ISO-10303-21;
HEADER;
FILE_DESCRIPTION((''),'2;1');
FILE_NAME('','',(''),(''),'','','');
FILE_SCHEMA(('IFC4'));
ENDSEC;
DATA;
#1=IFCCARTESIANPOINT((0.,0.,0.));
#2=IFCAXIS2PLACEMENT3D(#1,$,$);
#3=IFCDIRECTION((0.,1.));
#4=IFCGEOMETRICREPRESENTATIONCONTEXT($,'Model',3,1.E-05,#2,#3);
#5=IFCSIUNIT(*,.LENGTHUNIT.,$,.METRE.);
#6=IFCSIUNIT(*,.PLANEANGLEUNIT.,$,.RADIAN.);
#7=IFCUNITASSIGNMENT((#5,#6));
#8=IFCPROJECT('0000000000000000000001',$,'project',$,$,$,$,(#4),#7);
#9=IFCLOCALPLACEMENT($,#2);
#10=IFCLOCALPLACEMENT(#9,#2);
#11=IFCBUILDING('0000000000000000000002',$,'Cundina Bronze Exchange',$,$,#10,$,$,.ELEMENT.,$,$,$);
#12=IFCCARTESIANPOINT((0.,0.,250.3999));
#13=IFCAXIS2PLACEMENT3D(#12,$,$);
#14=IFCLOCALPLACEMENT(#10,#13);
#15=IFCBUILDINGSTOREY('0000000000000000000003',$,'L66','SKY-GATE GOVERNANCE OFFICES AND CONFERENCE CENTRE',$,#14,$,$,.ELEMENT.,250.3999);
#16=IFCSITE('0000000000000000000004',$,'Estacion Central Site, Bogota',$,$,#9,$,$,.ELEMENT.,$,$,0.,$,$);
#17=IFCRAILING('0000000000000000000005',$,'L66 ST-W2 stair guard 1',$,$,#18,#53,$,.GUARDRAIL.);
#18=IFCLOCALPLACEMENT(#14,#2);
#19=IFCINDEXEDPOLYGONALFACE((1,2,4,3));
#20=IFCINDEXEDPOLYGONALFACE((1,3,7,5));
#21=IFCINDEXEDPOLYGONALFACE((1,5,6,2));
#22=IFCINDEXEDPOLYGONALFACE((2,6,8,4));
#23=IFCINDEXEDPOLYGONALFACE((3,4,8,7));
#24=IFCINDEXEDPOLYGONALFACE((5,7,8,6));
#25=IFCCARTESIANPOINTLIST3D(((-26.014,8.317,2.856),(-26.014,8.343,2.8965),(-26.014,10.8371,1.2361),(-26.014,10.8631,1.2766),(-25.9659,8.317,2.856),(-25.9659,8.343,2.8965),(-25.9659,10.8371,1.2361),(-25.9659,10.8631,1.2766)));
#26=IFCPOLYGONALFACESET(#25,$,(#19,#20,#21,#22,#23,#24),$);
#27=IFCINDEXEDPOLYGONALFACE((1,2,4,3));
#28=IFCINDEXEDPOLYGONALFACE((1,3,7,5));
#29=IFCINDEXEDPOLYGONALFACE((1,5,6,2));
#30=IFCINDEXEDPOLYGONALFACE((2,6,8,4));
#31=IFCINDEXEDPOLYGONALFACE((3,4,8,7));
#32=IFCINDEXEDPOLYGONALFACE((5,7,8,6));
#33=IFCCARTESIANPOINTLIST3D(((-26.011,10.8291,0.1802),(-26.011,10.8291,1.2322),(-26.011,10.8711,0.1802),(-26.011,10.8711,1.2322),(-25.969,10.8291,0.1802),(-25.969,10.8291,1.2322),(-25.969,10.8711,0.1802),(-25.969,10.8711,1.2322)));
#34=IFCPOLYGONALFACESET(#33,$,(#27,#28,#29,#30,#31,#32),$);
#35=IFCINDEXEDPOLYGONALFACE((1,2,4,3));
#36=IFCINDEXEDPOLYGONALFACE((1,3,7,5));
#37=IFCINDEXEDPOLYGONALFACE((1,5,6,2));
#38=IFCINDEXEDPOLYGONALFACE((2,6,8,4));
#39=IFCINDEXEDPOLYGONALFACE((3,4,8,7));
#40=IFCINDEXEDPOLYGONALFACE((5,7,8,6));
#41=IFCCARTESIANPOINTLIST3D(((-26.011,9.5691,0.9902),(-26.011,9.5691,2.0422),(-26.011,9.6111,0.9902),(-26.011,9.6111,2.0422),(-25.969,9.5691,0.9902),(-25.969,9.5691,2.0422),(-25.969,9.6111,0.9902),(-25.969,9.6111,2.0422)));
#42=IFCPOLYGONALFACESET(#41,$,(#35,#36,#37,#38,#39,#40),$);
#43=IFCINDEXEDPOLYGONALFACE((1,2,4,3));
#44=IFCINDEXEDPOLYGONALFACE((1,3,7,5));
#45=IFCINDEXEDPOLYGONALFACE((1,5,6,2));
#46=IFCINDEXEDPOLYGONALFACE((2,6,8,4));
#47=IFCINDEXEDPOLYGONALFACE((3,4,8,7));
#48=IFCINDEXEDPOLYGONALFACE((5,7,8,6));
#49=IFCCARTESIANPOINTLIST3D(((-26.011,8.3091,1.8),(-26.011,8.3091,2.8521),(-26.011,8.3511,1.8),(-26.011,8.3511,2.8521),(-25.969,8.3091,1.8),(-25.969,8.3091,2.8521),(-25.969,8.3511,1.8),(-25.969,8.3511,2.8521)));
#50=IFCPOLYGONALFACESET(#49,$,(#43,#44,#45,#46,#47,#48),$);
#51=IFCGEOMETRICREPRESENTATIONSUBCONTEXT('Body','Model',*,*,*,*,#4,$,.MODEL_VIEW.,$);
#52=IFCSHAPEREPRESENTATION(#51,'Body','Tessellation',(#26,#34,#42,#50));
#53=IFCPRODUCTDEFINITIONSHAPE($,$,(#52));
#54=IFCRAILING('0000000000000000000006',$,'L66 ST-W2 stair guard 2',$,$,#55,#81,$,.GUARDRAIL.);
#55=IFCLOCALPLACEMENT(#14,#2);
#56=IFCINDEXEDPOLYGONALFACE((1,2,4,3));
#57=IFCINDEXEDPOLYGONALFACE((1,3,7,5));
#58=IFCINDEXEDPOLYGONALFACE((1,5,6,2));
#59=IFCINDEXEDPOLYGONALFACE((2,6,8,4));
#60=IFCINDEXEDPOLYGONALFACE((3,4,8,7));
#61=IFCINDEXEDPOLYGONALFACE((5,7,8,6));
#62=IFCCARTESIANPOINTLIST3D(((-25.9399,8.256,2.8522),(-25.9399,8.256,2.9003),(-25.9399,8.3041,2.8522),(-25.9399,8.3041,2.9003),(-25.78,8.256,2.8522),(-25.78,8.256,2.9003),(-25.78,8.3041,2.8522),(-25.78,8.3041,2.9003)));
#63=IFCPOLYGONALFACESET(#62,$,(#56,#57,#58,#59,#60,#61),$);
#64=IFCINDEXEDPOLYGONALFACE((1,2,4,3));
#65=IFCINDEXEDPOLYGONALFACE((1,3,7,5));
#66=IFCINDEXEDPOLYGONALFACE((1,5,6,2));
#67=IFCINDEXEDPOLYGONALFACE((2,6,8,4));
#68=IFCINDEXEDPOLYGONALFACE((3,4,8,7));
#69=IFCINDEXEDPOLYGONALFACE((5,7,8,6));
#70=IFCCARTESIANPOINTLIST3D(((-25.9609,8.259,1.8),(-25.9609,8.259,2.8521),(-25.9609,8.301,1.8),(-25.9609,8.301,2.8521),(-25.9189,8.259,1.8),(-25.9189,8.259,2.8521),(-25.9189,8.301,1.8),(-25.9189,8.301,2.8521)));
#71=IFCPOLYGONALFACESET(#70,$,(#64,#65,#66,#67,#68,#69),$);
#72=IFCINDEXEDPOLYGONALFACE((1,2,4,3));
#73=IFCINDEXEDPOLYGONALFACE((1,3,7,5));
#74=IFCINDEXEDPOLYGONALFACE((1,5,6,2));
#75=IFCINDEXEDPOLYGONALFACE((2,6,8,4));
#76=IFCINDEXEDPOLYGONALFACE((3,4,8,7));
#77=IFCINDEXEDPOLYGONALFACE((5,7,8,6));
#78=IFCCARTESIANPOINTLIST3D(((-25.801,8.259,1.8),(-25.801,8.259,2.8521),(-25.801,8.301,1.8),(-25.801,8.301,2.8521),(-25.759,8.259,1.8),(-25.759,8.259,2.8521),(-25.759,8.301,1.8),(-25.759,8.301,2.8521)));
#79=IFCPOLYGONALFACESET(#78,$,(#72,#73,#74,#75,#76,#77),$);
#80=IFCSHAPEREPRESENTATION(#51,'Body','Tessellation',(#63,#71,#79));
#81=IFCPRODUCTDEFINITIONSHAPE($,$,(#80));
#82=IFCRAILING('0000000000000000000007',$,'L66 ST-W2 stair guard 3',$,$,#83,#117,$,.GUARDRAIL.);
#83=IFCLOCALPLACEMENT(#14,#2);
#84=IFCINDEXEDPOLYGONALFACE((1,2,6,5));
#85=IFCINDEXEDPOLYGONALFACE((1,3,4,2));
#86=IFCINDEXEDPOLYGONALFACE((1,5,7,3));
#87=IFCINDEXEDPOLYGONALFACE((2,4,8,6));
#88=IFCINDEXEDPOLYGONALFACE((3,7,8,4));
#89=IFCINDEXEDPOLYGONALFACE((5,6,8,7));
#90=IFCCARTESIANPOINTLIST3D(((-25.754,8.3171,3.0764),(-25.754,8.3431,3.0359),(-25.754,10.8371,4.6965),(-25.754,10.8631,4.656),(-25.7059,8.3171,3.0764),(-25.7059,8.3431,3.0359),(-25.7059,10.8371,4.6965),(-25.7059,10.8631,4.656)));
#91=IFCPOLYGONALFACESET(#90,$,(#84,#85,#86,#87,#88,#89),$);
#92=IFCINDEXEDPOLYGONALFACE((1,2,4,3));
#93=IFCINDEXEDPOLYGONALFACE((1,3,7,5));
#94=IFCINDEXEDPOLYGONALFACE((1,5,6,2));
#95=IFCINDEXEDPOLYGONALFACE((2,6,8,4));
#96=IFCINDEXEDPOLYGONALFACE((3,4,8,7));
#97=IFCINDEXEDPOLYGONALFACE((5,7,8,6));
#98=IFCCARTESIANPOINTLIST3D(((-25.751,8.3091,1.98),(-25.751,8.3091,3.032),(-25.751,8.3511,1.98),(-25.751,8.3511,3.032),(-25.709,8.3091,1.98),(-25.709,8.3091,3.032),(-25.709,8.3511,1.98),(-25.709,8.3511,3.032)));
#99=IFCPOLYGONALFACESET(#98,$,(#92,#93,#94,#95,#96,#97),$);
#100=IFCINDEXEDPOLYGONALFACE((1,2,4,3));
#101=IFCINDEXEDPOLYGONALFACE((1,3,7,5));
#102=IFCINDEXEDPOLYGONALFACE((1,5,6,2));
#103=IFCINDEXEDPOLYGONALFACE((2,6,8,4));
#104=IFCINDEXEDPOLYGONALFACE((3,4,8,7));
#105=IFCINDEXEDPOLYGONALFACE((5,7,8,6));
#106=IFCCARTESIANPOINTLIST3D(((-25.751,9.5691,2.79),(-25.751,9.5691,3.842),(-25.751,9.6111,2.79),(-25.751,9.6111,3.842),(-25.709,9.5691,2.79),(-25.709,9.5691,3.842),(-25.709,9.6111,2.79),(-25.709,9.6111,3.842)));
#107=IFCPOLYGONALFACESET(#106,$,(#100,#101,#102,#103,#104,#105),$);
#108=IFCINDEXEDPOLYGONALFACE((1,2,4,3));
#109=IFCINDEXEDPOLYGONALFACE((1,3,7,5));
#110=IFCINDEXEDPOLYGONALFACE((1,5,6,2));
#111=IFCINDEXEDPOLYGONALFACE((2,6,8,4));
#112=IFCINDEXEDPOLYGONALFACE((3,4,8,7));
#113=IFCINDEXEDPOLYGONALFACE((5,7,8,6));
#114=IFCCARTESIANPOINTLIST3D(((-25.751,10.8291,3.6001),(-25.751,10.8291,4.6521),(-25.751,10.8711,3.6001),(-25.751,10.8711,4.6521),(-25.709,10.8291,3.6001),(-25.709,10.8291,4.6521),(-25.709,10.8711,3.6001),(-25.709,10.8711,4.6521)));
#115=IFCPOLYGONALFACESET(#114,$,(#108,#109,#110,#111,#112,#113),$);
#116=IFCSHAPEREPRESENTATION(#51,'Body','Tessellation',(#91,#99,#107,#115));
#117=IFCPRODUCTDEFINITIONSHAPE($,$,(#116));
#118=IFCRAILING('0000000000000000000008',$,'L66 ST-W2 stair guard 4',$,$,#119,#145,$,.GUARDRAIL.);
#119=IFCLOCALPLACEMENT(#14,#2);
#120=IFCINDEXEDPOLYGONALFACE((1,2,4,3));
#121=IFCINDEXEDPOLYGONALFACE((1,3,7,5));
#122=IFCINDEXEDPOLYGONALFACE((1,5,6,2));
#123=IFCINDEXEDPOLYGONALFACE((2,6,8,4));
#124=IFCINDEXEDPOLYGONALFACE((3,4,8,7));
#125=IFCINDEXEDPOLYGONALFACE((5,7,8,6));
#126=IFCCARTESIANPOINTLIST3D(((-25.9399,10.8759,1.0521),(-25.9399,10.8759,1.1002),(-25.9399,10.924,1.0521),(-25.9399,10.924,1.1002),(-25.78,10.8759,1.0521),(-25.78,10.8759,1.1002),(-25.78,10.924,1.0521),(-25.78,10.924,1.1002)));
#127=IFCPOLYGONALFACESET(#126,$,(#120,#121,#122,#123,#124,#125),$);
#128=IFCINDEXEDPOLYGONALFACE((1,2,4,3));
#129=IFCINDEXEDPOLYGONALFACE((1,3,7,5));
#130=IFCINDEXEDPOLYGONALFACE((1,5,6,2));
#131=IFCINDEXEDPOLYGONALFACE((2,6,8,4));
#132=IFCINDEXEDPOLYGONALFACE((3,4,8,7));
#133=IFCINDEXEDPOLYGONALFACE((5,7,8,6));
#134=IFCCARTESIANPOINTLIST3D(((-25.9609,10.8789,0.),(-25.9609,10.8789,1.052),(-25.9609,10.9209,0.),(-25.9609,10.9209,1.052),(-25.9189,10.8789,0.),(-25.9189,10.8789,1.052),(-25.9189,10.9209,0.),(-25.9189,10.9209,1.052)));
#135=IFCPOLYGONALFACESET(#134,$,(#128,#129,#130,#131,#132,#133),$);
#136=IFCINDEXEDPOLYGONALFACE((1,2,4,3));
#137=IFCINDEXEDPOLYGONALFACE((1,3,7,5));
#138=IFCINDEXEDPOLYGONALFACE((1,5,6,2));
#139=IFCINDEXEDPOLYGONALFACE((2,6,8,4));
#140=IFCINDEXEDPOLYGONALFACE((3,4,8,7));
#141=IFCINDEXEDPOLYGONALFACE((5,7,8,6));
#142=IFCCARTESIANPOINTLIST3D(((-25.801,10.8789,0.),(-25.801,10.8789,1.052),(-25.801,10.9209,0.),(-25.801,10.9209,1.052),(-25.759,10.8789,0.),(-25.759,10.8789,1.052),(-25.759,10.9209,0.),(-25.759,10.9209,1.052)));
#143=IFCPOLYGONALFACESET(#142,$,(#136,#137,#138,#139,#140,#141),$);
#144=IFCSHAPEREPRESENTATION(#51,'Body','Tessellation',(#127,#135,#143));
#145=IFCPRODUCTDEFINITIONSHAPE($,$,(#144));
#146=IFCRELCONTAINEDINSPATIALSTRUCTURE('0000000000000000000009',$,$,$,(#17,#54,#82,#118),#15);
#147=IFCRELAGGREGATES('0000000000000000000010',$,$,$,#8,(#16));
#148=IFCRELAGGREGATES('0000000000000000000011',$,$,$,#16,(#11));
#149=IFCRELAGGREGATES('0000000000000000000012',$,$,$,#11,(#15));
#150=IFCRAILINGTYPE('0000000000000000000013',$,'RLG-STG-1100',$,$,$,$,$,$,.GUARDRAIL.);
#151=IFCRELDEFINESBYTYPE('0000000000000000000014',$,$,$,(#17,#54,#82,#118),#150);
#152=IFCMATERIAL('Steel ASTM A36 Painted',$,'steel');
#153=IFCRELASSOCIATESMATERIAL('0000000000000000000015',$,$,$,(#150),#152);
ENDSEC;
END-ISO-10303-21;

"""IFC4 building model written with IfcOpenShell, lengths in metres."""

from ifc_helpers import new_model, si_unit, direction, frame, origin, origin_2d, place, context, subcontext, project, spatial, rectangle, extrude, material, type_object, element, save


model = new_model("IFC4")

# Units and contexts
model_context = context("Model", 3, precision=1e-05, world=origin(), true_north=direction((0.0, 1.0)))
body_context = subcontext(model_context, "Body", "Model", "MODEL_VIEW")
ifc_project = project(units=[si_unit("LENGTHUNIT", "METRE"), si_unit("PLANEANGLEUNIT", "RADIAN")], contexts=[model_context])

# Site, building, storey
site_placement = place(None, origin())
site = spatial("IfcSite", under=ifc_project, at=site_placement, Name="Estacion Central Site, Bogota", CompositionType="ELEMENT", RefElevation=0.0)
building_placement = place(site_placement, origin())
building = spatial("IfcBuilding", under=site, at=building_placement, Name="Cundina Bronze Exchange", CompositionType="ELEMENT")
storey_placement = place(building_placement, frame((0.0, 0.0, 250.3999)))
storey = spatial("IfcBuildingStorey", under=building, at=storey_placement, Name="L66", Description="SKY-GATE GOVERNANCE OFFICES AND CONFERENCE CENTRE", CompositionType="ELEMENT", Elevation=250.3999)

# Shared definitions
ifc_material_1 = material(Name="Steel ASTM A36 Painted", Category="steel")

# Railings
railing_type_1 = type_object("IfcRailingType", Name="RLG-STG-1100", PredefinedType="GUARDRAIL", material=ifc_material_1)
railing_1_placement = place(storey_placement, frame((-25.99, 10.8501, 0.1802)))
element("IfcRailing", 1, at=railing_1_placement, inside=storey, type_object=railing_type_1, Name="L66 ST-W2 stair guard 1", PredefinedType="GUARDRAIL", context=body_context, shape_type="SweptSolid", body=[
    extrude(rectangle(XDim=0.0481, YDim=0.0481, at=origin_2d()), frame((0.0, 0.0, 1.0762), z_axis=(0.0, -0.8412, 0.540725), x_axis=(1.0, 0.0, 0.0)), (0.0, 0.0, 1.0), 2.9958),
    extrude(rectangle(XDim=0.042, YDim=0.042, at=origin_2d()), origin(), (0.0, 0.0, 1.0), 1.052),
    extrude(rectangle(XDim=0.042, YDim=0.042, at=origin_2d()), frame((0.0, -1.26, 0.8101)), (0.0, 0.0, 1.0), 1.052),
    extrude(rectangle(XDim=0.042, YDim=0.042, at=origin_2d()), frame((0.0, -2.52, 1.6199)), (0.0, 0.0, 1.0), 1.052),
])
railing_2_placement = place(storey_placement, frame((-25.9399, 8.28, 1.8)))
element("IfcRailing", 2, at=railing_2_placement, inside=storey, type_object=railing_type_1, Name="L66 ST-W2 stair guard 2", PredefinedType="GUARDRAIL", context=body_context, shape_type="SweptSolid", body=[
    extrude(rectangle(XDim=0.0481, YDim=0.0481, at=origin_2d()), frame((0.0, 0.0, 1.0762), z_axis=(1.0, 0.0, 0.0), x_axis=(0.0, 1.0, 0.0)), (0.0, 0.0, 1.0), 0.1599),
    extrude(rectangle(XDim=0.042, YDim=0.042, at=origin_2d()), origin(), (0.0, 0.0, 1.0), 1.052),
    extrude(rectangle(XDim=0.042, YDim=0.042, at=origin_2d()), frame((0.1599, 0.0, 0.0)), (0.0, 0.0, 1.0), 1.052),
])
railing_3_placement = place(storey_placement, frame((-25.73, 8.3301, 1.98)))
element("IfcRailing", 3, at=railing_3_placement, inside=storey, type_object=railing_type_1, Name="L66 ST-W2 stair guard 3", PredefinedType="GUARDRAIL", context=body_context, shape_type="SweptSolid", body=[
    extrude(rectangle(XDim=0.0481, YDim=0.0481, at=origin_2d()), frame((0.0, 0.0, 1.0762), z_axis=(0.0, 0.841163, 0.540782), x_axis=(-1.0, 0.0, 0.0)), (0.0, 0.0, 1.0), 2.9958),
    extrude(rectangle(XDim=0.042, YDim=0.042, at=origin_2d()), origin(), (0.0, 0.0, 1.0), 1.052),
    extrude(rectangle(XDim=0.042, YDim=0.042, at=origin_2d()), frame((0.0, 1.26, 0.8101)), (0.0, 0.0, 1.0), 1.052),
    extrude(rectangle(XDim=0.042, YDim=0.042, at=origin_2d()), frame((0.0, 2.52, 1.6201)), (0.0, 0.0, 1.0), 1.052),
])
railing_4_placement = place(storey_placement, frame((-25.9399, 10.8999, 0.0)))
element("IfcRailing", 4, at=railing_4_placement, inside=storey, type_object=railing_type_1, Name="L66 ST-W2 stair guard 4", PredefinedType="GUARDRAIL", context=body_context, shape_type="SweptSolid", body=[
    extrude(rectangle(XDim=0.0481, YDim=0.0481, at=origin_2d()), frame((0.0, 0.0, 1.0762), z_axis=(1.0, 0.0, 0.0), x_axis=(0.0, 1.0, 0.0)), (0.0, 0.0, 1.0), 0.1599),
    extrude(rectangle(XDim=0.042, YDim=0.042, at=origin_2d()), origin(), (0.0, 0.0, 1.0), 1.052),
    extrude(rectangle(XDim=0.042, YDim=0.042, at=origin_2d()), frame((0.1599, 0.0, 0.0)), (0.0, 0.0, 1.0), 1.052),
])

save(model, "model.ifc")
